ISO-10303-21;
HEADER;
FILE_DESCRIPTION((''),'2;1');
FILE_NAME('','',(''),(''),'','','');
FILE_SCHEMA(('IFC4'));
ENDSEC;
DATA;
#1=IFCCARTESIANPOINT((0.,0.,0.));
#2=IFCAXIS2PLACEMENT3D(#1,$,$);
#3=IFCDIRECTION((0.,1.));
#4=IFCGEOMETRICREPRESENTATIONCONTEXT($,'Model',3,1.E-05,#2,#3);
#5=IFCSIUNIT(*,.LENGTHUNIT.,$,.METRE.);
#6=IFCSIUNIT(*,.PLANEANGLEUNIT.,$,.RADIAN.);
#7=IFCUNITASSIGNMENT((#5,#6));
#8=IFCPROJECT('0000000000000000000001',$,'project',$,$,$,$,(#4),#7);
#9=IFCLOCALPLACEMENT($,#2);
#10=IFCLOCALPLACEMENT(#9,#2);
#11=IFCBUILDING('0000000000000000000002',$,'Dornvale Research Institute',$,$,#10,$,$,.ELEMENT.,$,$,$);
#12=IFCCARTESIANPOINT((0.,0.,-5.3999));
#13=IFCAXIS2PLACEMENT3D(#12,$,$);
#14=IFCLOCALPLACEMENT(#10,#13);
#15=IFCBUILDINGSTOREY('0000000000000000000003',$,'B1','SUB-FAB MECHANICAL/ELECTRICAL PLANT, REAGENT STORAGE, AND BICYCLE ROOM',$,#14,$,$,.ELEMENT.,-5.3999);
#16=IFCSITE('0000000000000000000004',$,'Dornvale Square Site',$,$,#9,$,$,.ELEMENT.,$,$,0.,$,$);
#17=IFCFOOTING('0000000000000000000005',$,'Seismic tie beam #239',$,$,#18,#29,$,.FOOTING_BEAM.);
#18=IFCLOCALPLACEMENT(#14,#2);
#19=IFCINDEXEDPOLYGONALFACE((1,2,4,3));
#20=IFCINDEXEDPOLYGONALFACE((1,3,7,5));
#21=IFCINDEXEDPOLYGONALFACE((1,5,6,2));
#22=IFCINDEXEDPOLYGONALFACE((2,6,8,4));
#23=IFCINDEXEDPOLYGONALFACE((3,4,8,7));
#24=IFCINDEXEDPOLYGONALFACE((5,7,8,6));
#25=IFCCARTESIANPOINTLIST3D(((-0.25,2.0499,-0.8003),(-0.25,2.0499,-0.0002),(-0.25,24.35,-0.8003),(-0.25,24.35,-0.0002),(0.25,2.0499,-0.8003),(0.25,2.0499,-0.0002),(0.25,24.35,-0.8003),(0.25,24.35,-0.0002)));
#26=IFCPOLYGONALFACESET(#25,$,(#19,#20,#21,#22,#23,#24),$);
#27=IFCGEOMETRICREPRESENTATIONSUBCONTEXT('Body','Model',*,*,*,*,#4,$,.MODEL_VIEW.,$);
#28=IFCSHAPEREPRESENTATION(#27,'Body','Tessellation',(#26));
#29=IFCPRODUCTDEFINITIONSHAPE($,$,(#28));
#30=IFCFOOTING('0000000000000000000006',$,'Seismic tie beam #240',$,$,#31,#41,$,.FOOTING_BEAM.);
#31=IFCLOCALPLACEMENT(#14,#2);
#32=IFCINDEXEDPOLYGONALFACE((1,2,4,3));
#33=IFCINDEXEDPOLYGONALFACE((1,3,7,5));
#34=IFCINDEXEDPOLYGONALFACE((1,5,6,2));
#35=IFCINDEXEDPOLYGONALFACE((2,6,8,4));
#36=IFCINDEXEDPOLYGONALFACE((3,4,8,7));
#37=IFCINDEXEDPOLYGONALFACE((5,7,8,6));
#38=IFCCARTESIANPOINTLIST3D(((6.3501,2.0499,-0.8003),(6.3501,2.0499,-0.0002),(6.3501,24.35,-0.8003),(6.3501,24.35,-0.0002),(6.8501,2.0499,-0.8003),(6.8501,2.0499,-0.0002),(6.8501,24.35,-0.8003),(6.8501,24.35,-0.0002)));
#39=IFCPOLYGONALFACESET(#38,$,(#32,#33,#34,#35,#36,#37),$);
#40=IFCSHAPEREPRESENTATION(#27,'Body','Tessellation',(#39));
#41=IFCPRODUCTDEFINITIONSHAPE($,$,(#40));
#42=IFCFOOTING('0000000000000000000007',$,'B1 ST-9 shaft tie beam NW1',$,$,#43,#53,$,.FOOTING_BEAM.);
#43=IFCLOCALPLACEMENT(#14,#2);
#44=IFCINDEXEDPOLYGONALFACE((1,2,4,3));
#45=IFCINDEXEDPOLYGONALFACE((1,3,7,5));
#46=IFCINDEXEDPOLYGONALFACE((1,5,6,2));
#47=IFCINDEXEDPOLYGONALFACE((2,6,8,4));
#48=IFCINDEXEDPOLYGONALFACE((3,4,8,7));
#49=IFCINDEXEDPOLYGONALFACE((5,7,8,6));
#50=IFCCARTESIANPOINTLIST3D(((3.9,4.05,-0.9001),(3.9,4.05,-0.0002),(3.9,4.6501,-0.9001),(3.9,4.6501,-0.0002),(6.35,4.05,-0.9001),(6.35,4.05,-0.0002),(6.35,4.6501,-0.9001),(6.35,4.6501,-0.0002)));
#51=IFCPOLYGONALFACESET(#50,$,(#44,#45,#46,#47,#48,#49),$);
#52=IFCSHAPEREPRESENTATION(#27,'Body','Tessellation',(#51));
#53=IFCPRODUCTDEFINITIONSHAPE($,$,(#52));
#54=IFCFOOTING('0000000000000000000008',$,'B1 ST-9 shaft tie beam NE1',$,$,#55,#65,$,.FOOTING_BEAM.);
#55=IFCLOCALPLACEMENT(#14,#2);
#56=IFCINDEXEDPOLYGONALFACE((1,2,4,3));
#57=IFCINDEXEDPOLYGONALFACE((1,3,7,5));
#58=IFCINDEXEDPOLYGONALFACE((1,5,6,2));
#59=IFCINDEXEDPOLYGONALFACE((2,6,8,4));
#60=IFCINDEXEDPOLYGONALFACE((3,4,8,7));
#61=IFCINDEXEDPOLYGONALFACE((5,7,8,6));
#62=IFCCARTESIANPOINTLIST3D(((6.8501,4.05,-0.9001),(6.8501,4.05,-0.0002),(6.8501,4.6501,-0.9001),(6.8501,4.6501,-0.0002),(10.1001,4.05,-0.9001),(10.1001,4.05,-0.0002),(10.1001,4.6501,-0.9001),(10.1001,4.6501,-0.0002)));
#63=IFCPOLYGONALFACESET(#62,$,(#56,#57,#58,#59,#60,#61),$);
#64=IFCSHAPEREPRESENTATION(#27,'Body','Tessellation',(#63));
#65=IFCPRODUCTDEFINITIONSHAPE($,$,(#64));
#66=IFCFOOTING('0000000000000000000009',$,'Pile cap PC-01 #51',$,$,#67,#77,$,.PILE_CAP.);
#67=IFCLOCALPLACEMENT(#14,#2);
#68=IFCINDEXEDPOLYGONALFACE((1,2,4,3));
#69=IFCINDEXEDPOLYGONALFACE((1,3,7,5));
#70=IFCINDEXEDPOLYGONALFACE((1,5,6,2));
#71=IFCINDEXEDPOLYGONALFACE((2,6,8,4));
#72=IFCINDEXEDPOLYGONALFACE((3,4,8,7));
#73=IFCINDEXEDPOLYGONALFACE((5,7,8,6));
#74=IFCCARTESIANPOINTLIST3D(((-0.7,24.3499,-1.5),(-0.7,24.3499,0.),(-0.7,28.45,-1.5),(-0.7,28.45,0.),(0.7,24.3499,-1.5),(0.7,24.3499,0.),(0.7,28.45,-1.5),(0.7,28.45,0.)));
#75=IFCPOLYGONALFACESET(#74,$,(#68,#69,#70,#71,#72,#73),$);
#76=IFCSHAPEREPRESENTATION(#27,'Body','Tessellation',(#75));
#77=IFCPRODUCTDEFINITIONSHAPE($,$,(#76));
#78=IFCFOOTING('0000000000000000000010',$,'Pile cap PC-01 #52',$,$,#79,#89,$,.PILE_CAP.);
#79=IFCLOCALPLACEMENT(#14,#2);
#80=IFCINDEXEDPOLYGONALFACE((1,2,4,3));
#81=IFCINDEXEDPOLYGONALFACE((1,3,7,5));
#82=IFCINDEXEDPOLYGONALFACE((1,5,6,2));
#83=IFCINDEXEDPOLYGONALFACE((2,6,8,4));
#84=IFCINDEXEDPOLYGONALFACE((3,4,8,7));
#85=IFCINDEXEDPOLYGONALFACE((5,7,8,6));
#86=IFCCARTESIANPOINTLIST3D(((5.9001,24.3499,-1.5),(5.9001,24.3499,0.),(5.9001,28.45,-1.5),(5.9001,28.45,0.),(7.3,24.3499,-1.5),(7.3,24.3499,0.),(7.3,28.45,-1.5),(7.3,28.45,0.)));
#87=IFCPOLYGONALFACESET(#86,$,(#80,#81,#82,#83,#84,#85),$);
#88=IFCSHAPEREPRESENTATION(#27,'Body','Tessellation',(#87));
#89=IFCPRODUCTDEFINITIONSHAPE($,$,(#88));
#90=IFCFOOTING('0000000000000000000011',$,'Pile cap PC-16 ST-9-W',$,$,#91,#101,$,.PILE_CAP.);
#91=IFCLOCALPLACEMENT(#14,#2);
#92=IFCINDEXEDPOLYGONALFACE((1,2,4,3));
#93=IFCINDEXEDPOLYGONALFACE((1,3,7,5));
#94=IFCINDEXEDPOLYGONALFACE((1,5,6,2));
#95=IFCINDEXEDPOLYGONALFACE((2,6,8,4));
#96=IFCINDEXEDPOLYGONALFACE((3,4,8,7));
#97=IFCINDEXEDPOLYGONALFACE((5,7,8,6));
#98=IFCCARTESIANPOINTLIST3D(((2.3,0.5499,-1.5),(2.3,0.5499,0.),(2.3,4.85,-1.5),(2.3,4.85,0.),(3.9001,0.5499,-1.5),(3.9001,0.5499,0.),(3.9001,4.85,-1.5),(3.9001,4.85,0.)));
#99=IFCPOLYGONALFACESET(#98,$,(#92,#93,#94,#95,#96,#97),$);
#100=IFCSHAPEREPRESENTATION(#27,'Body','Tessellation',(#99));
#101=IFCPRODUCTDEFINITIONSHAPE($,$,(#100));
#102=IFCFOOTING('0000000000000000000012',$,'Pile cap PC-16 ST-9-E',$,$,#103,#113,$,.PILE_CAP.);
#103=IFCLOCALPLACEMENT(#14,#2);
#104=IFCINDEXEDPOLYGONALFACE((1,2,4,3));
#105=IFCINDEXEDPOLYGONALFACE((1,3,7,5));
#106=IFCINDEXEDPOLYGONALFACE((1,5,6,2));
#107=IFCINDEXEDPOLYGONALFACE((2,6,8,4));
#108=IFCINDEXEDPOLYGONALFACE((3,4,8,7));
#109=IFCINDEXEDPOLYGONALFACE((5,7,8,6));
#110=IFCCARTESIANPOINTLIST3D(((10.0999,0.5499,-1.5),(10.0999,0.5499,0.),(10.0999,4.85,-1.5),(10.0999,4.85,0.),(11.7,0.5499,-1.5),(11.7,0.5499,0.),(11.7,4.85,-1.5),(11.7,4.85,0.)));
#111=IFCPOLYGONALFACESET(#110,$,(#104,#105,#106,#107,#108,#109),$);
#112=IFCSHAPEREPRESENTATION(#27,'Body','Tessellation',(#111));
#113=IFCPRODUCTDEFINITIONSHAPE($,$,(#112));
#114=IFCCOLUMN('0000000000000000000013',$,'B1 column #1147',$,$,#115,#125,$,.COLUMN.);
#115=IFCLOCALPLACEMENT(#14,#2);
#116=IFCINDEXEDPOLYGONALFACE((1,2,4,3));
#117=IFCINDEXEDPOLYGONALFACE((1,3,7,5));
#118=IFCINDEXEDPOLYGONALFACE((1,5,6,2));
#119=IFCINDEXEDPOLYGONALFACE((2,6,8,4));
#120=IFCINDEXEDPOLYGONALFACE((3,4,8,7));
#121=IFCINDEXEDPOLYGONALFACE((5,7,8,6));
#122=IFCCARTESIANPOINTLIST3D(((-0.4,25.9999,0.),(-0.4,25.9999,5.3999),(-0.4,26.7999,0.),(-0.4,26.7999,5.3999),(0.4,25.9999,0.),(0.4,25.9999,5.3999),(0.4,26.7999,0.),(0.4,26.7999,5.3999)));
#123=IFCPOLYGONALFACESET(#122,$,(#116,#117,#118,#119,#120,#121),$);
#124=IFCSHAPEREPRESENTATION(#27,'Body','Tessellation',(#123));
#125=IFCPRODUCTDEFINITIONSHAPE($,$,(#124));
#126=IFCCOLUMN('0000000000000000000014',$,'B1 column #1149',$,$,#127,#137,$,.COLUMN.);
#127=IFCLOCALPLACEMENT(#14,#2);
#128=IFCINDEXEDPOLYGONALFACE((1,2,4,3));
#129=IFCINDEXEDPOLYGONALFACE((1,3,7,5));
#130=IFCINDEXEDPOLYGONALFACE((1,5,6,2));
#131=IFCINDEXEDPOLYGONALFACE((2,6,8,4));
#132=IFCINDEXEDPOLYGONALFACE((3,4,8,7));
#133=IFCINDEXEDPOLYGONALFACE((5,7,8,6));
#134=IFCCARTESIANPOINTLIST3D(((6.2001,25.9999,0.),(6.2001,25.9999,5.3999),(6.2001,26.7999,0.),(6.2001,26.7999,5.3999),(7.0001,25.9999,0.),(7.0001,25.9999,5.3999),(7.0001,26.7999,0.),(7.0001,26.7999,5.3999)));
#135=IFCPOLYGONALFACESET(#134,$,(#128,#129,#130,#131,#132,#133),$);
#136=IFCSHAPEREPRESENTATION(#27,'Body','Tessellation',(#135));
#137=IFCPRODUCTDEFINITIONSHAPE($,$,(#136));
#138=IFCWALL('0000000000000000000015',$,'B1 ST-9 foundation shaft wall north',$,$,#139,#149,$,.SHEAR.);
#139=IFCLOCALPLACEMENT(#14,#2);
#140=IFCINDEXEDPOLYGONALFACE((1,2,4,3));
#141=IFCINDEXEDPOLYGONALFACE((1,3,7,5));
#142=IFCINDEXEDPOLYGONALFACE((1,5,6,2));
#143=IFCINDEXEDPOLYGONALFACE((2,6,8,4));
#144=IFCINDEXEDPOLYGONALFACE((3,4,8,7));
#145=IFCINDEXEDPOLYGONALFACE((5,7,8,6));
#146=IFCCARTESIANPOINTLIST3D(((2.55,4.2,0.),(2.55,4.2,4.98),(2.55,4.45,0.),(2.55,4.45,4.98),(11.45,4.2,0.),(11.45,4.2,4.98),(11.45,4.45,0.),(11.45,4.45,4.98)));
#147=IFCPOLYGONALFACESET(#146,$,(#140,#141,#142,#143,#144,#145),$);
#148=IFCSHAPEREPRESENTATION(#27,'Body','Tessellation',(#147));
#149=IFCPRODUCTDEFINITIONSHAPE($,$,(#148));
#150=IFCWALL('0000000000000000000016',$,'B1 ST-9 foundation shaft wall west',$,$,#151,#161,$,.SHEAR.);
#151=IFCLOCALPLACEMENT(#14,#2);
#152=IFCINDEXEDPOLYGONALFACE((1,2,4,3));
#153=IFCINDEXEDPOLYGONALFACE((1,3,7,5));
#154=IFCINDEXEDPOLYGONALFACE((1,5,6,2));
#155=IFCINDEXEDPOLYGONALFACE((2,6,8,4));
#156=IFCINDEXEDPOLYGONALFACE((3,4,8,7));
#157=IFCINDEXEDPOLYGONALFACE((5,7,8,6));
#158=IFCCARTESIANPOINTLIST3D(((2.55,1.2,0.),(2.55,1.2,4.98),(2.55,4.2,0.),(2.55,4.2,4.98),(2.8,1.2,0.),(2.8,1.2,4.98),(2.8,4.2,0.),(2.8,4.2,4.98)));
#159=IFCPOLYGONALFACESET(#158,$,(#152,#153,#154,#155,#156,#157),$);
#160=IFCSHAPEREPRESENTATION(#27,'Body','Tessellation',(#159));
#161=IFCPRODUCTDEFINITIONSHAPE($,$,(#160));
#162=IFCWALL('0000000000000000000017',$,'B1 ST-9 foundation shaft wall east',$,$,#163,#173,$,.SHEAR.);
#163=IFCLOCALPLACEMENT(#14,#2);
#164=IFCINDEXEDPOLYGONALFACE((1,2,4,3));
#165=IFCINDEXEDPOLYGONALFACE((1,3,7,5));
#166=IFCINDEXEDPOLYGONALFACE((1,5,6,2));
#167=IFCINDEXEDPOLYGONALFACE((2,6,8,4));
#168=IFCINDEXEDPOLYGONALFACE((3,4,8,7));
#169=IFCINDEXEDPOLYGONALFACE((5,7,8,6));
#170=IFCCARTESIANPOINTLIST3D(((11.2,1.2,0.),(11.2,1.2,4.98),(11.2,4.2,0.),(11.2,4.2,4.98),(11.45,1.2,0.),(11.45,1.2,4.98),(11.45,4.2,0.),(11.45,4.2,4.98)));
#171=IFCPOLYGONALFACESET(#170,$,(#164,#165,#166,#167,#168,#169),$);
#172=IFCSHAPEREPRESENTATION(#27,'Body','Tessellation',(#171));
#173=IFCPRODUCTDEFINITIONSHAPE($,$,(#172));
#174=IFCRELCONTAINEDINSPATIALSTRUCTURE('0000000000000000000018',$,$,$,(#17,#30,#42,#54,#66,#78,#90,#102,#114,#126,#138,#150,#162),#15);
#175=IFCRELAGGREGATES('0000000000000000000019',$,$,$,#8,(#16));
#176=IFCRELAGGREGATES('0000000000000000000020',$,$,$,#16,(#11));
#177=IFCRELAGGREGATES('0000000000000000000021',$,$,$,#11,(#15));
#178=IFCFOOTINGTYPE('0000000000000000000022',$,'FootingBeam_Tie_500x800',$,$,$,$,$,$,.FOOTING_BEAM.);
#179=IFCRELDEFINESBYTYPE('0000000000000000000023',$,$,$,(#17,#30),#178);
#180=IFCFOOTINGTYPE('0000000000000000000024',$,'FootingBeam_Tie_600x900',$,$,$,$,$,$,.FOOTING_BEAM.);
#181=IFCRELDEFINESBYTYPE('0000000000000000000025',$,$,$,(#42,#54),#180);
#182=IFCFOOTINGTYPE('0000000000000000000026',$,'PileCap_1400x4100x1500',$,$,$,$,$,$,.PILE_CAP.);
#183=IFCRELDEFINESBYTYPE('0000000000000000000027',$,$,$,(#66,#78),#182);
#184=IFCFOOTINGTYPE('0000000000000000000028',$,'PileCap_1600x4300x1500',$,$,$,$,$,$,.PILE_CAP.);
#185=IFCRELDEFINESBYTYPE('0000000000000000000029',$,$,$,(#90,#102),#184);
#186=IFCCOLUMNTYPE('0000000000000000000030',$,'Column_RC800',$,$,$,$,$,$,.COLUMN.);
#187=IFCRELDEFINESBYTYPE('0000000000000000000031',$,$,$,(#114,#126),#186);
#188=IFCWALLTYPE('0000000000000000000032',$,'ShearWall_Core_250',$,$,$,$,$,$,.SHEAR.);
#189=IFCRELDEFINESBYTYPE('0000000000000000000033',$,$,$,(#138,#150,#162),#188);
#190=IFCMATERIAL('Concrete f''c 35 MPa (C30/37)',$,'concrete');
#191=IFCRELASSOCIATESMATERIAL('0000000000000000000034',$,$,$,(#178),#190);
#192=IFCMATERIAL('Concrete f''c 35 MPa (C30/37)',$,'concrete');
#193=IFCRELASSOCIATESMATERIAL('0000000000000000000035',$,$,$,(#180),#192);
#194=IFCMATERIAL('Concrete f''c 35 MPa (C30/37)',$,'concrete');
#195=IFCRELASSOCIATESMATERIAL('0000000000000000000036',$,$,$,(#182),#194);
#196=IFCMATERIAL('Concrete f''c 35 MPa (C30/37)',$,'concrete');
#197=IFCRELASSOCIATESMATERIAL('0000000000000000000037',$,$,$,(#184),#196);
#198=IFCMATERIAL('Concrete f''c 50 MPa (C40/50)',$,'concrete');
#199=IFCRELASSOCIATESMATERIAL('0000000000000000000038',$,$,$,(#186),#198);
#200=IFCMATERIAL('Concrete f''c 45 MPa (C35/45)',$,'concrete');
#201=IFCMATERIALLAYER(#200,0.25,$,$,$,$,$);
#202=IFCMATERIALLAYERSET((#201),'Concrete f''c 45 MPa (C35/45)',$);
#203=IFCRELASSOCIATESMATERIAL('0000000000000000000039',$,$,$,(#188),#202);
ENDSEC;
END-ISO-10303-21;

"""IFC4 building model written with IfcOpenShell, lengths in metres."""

from ifc_helpers import new_model, si_unit, direction, frame, frame_2d, origin, origin_2d, place, context, subcontext, project, spatial, rectangle, extrude, material, layer, layer_set, material_profile, profile_set, type_object, element, save


model = new_model("IFC4")

# Units and contexts
model_context = context("Model", 3, precision=1e-05, world=origin(), true_north=direction((0.0, 1.0)))
body_context = subcontext(model_context, "Body", "Model", "MODEL_VIEW")
ifc_project = project(units=[si_unit("LENGTHUNIT", "METRE"), si_unit("PLANEANGLEUNIT", "RADIAN")], contexts=[model_context])

# Site, building, storey
site_placement = place(None, origin())
site = spatial("IfcSite", under=ifc_project, at=site_placement, Name="Dornvale Square Site", CompositionType="ELEMENT", RefElevation=0.0)
building_placement = place(site_placement, origin())
building = spatial("IfcBuilding", under=site, at=building_placement, Name="Dornvale Research Institute", CompositionType="ELEMENT")
storey_placement = place(building_placement, frame((0.0, 0.0, -5.3999)))
storey = spatial("IfcBuildingStorey", under=building, at=storey_placement, Name="B1", Description="SUB-FAB MECHANICAL/ELECTRICAL PLANT, REAGENT STORAGE, AND BICYCLE ROOM", CompositionType="ELEMENT", Elevation=-5.3999)

# Footings
ifc_material_1 = material(Name="Concrete f'c 35 MPa (C30/37)", Category="concrete")
footing_type_1 = type_object("IfcFootingType", Name="FootingBeam_Tie_500x800", PredefinedType="FOOTING_BEAM", material=ifc_material_1)
for number, where, z_axis, x_axis, name in (
    (1, (0.0, 13.2, -0.8003), (0.0, 0.0, 1.0), (0.0, 1.0, 0.0), "Seismic tie beam #239"),
    (2, (6.6001, 13.2, -0.8003), (0.0, 0.0, 1.0), (0.0, 1.0, 0.0), "Seismic tie beam #240"),
):
    element("IfcFooting", number, at=place(storey_placement, frame(where, z_axis=z_axis, x_axis=x_axis)), inside=storey, type_object=footing_type_1, Name=name, PredefinedType="FOOTING_BEAM", context=body_context, shape_type="SweptSolid", body=[
        extrude(rectangle(XDim=22.3, YDim=0.5, at=origin_2d()), origin(), (0.0, 0.0, 1.0), 0.8),
    ])
ifc_material_2 = material(Name="Concrete f'c 35 MPa (C30/37)", Category="concrete")
footing_type_2 = type_object("IfcFootingType", Name="FootingBeam_Tie_600x900", PredefinedType="FOOTING_BEAM", material=ifc_material_2)
footing_1_placement = place(storey_placement, frame((5.125, 4.3501, -0.9001), z_axis=(0.0, 0.0, 1.0), x_axis=(1.0, 0.0, 0.0)))
element("IfcFooting", 3, at=footing_1_placement, inside=storey, type_object=footing_type_2, Name="B1 ST-9 shaft tie beam NW1", PredefinedType="FOOTING_BEAM", context=body_context, shape_type="SweptSolid", body=[
    extrude(rectangle(XDim=2.45, YDim=0.6001, at=origin_2d()), origin(), (0.0, 0.0, 1.0), 0.8999),
])
footing_2_placement = place(storey_placement, frame((8.4751, 4.3501, -0.9001), z_axis=(0.0, 0.0, 1.0), x_axis=(1.0, 0.0, 0.0)))
element("IfcFooting", 4, at=footing_2_placement, inside=storey, type_object=footing_type_2, Name="B1 ST-9 shaft tie beam NE1", PredefinedType="FOOTING_BEAM", context=body_context, shape_type="SweptSolid", body=[
    extrude(rectangle(XDim=3.25, YDim=0.6001, at=origin_2d()), origin(), (0.0, 0.0, 1.0), 0.8999),
])
ifc_material_3 = material(Name="Concrete f'c 35 MPa (C30/37)", Category="concrete")
footing_type_3 = type_object("IfcFootingType", Name="PileCap_1400x4100x1500", PredefinedType="PILE_CAP", material=ifc_material_3)
for number, where, z_axis, x_axis, name in (
    (5, (0.0, 26.3999, -1.5), (0.0, 0.0, 1.0), (1.0, 0.0, 0.0), "Pile cap PC-01 #51"),
    (6, (6.6001, 26.3999, -1.5), (0.0, 0.0, 1.0), (1.0, 0.0, 0.0), "Pile cap PC-01 #52"),
):
    element("IfcFooting", number, at=place(storey_placement, frame(where, z_axis=z_axis, x_axis=x_axis)), inside=storey, type_object=footing_type_3, Name=name, PredefinedType="PILE_CAP", context=body_context, shape_type="SweptSolid", body=[
        extrude(rectangle(XDim=1.3999, YDim=4.1001, at=origin_2d()), origin(), (0.0, 0.0, 1.0), 1.5),
    ])
ifc_material_4 = material(Name="Concrete f'c 35 MPa (C30/37)", Category="concrete")
footing_type_4 = type_object("IfcFootingType", Name="PileCap_1600x4300x1500", PredefinedType="PILE_CAP", material=ifc_material_4)
for number, where, z_axis, x_axis, name in (
    (7, (3.1001, 2.7, -1.5), (0.0, 0.0, 1.0), (1.0, 0.0, 0.0), "Pile cap PC-16 ST-9-W"),
    (8, (10.8999, 2.7, -1.5), (0.0, 0.0, 1.0), (1.0, 0.0, 0.0), "Pile cap PC-16 ST-9-E"),
):
    element("IfcFooting", number, at=place(storey_placement, frame(where, z_axis=z_axis, x_axis=x_axis)), inside=storey, type_object=footing_type_4, Name=name, PredefinedType="PILE_CAP", context=body_context, shape_type="SweptSolid", body=[
        extrude(rectangle(XDim=1.6001, YDim=4.3, at=origin_2d()), origin(), (0.0, 0.0, 1.0), 1.5),
    ])

# Columns
ifc_material_5 = material(Name="Concrete f'c 50 MPa (C40/50)", Category="concrete")
ifc_material_profile_1 = material_profile(ifc_material_5, rectangle(XDim=0.8, YDim=0.8, at=origin_2d()), Name="RC 800x800")
ifc_profile_set_1 = profile_set([ifc_material_profile_1], Name="Concrete f'c 50 MPa (C40/50)")
column_type = type_object("IfcColumnType", Name="Column_RC800", PredefinedType="COLUMN", material=ifc_profile_set_1)
for number, where, z_axis, x_axis, name in (
    (9, (0.0, 26.3999, 0.0), (0.0, 0.0, 1.0), (1.0, 0.0, 0.0), "B1 column #1147"),
    (10, (6.6001, 26.3999, 0.0), (0.0, 0.0, 1.0), (1.0, 0.0, 0.0), "B1 column #1149"),
):
    element("IfcColumn", number, at=place(storey_placement, frame(where, z_axis=z_axis, x_axis=x_axis)), inside=storey, type_object=column_type, Name=name, PredefinedType="COLUMN", context=body_context, shape_type="SweptSolid", body=[
        extrude(rectangle(XDim=0.8, YDim=0.8, at=origin_2d()), origin(), (0.0, 0.0, 1.0), 5.3999),
    ])

# Walls
ifc_material_6 = material(Name="Concrete f'c 45 MPa (C35/45)", Category="concrete")
ifc_layer = layer(ifc_material_6, 0.25)
ifc_layer_set = layer_set([ifc_layer], Name="Concrete f'c 45 MPa (C35/45)")
wall_type = type_object("IfcWallType", Name="ShearWall_Core_250", PredefinedType="SHEAR", material=ifc_layer_set)
wall_placement = place(storey_placement, frame((2.55, 4.325, 0.0), z_axis=(0.0, 0.0, 1.0), x_axis=(1.0, 0.0, 0.0)))
element("IfcWall", 11, at=wall_placement, inside=storey, type_object=wall_type, Name="B1 ST-9 foundation shaft wall north", PredefinedType="SHEAR", context=body_context, shape_type="SweptSolid", body=[
    extrude(rectangle(XDim=8.8999, YDim=0.25, at=frame_2d((4.45, 0.0))), origin(), (0.0, 0.0, 1.0), 4.98),
])
for number, where, z_axis, x_axis, name in (
    (12, (2.675, 1.2, 0.0), (0.0, 0.0, 1.0), (0.0, 1.0, 0.0), "B1 ST-9 foundation shaft wall west"),
    (13, (11.325, 1.2, 0.0), (0.0, 0.0, 1.0), (0.0, 1.0, 0.0), "B1 ST-9 foundation shaft wall east"),
):
    element("IfcWall", number, at=place(storey_placement, frame(where, z_axis=z_axis, x_axis=x_axis)), inside=storey, type_object=wall_type, Name=name, PredefinedType="SHEAR", context=body_context, shape_type="SweptSolid", body=[
        extrude(rectangle(XDim=3.0, YDim=0.25, at=frame_2d((1.5, 0.0))), origin(), (0.0, 0.0, 1.0), 4.98),
    ])

save(model, "model.ifc")
